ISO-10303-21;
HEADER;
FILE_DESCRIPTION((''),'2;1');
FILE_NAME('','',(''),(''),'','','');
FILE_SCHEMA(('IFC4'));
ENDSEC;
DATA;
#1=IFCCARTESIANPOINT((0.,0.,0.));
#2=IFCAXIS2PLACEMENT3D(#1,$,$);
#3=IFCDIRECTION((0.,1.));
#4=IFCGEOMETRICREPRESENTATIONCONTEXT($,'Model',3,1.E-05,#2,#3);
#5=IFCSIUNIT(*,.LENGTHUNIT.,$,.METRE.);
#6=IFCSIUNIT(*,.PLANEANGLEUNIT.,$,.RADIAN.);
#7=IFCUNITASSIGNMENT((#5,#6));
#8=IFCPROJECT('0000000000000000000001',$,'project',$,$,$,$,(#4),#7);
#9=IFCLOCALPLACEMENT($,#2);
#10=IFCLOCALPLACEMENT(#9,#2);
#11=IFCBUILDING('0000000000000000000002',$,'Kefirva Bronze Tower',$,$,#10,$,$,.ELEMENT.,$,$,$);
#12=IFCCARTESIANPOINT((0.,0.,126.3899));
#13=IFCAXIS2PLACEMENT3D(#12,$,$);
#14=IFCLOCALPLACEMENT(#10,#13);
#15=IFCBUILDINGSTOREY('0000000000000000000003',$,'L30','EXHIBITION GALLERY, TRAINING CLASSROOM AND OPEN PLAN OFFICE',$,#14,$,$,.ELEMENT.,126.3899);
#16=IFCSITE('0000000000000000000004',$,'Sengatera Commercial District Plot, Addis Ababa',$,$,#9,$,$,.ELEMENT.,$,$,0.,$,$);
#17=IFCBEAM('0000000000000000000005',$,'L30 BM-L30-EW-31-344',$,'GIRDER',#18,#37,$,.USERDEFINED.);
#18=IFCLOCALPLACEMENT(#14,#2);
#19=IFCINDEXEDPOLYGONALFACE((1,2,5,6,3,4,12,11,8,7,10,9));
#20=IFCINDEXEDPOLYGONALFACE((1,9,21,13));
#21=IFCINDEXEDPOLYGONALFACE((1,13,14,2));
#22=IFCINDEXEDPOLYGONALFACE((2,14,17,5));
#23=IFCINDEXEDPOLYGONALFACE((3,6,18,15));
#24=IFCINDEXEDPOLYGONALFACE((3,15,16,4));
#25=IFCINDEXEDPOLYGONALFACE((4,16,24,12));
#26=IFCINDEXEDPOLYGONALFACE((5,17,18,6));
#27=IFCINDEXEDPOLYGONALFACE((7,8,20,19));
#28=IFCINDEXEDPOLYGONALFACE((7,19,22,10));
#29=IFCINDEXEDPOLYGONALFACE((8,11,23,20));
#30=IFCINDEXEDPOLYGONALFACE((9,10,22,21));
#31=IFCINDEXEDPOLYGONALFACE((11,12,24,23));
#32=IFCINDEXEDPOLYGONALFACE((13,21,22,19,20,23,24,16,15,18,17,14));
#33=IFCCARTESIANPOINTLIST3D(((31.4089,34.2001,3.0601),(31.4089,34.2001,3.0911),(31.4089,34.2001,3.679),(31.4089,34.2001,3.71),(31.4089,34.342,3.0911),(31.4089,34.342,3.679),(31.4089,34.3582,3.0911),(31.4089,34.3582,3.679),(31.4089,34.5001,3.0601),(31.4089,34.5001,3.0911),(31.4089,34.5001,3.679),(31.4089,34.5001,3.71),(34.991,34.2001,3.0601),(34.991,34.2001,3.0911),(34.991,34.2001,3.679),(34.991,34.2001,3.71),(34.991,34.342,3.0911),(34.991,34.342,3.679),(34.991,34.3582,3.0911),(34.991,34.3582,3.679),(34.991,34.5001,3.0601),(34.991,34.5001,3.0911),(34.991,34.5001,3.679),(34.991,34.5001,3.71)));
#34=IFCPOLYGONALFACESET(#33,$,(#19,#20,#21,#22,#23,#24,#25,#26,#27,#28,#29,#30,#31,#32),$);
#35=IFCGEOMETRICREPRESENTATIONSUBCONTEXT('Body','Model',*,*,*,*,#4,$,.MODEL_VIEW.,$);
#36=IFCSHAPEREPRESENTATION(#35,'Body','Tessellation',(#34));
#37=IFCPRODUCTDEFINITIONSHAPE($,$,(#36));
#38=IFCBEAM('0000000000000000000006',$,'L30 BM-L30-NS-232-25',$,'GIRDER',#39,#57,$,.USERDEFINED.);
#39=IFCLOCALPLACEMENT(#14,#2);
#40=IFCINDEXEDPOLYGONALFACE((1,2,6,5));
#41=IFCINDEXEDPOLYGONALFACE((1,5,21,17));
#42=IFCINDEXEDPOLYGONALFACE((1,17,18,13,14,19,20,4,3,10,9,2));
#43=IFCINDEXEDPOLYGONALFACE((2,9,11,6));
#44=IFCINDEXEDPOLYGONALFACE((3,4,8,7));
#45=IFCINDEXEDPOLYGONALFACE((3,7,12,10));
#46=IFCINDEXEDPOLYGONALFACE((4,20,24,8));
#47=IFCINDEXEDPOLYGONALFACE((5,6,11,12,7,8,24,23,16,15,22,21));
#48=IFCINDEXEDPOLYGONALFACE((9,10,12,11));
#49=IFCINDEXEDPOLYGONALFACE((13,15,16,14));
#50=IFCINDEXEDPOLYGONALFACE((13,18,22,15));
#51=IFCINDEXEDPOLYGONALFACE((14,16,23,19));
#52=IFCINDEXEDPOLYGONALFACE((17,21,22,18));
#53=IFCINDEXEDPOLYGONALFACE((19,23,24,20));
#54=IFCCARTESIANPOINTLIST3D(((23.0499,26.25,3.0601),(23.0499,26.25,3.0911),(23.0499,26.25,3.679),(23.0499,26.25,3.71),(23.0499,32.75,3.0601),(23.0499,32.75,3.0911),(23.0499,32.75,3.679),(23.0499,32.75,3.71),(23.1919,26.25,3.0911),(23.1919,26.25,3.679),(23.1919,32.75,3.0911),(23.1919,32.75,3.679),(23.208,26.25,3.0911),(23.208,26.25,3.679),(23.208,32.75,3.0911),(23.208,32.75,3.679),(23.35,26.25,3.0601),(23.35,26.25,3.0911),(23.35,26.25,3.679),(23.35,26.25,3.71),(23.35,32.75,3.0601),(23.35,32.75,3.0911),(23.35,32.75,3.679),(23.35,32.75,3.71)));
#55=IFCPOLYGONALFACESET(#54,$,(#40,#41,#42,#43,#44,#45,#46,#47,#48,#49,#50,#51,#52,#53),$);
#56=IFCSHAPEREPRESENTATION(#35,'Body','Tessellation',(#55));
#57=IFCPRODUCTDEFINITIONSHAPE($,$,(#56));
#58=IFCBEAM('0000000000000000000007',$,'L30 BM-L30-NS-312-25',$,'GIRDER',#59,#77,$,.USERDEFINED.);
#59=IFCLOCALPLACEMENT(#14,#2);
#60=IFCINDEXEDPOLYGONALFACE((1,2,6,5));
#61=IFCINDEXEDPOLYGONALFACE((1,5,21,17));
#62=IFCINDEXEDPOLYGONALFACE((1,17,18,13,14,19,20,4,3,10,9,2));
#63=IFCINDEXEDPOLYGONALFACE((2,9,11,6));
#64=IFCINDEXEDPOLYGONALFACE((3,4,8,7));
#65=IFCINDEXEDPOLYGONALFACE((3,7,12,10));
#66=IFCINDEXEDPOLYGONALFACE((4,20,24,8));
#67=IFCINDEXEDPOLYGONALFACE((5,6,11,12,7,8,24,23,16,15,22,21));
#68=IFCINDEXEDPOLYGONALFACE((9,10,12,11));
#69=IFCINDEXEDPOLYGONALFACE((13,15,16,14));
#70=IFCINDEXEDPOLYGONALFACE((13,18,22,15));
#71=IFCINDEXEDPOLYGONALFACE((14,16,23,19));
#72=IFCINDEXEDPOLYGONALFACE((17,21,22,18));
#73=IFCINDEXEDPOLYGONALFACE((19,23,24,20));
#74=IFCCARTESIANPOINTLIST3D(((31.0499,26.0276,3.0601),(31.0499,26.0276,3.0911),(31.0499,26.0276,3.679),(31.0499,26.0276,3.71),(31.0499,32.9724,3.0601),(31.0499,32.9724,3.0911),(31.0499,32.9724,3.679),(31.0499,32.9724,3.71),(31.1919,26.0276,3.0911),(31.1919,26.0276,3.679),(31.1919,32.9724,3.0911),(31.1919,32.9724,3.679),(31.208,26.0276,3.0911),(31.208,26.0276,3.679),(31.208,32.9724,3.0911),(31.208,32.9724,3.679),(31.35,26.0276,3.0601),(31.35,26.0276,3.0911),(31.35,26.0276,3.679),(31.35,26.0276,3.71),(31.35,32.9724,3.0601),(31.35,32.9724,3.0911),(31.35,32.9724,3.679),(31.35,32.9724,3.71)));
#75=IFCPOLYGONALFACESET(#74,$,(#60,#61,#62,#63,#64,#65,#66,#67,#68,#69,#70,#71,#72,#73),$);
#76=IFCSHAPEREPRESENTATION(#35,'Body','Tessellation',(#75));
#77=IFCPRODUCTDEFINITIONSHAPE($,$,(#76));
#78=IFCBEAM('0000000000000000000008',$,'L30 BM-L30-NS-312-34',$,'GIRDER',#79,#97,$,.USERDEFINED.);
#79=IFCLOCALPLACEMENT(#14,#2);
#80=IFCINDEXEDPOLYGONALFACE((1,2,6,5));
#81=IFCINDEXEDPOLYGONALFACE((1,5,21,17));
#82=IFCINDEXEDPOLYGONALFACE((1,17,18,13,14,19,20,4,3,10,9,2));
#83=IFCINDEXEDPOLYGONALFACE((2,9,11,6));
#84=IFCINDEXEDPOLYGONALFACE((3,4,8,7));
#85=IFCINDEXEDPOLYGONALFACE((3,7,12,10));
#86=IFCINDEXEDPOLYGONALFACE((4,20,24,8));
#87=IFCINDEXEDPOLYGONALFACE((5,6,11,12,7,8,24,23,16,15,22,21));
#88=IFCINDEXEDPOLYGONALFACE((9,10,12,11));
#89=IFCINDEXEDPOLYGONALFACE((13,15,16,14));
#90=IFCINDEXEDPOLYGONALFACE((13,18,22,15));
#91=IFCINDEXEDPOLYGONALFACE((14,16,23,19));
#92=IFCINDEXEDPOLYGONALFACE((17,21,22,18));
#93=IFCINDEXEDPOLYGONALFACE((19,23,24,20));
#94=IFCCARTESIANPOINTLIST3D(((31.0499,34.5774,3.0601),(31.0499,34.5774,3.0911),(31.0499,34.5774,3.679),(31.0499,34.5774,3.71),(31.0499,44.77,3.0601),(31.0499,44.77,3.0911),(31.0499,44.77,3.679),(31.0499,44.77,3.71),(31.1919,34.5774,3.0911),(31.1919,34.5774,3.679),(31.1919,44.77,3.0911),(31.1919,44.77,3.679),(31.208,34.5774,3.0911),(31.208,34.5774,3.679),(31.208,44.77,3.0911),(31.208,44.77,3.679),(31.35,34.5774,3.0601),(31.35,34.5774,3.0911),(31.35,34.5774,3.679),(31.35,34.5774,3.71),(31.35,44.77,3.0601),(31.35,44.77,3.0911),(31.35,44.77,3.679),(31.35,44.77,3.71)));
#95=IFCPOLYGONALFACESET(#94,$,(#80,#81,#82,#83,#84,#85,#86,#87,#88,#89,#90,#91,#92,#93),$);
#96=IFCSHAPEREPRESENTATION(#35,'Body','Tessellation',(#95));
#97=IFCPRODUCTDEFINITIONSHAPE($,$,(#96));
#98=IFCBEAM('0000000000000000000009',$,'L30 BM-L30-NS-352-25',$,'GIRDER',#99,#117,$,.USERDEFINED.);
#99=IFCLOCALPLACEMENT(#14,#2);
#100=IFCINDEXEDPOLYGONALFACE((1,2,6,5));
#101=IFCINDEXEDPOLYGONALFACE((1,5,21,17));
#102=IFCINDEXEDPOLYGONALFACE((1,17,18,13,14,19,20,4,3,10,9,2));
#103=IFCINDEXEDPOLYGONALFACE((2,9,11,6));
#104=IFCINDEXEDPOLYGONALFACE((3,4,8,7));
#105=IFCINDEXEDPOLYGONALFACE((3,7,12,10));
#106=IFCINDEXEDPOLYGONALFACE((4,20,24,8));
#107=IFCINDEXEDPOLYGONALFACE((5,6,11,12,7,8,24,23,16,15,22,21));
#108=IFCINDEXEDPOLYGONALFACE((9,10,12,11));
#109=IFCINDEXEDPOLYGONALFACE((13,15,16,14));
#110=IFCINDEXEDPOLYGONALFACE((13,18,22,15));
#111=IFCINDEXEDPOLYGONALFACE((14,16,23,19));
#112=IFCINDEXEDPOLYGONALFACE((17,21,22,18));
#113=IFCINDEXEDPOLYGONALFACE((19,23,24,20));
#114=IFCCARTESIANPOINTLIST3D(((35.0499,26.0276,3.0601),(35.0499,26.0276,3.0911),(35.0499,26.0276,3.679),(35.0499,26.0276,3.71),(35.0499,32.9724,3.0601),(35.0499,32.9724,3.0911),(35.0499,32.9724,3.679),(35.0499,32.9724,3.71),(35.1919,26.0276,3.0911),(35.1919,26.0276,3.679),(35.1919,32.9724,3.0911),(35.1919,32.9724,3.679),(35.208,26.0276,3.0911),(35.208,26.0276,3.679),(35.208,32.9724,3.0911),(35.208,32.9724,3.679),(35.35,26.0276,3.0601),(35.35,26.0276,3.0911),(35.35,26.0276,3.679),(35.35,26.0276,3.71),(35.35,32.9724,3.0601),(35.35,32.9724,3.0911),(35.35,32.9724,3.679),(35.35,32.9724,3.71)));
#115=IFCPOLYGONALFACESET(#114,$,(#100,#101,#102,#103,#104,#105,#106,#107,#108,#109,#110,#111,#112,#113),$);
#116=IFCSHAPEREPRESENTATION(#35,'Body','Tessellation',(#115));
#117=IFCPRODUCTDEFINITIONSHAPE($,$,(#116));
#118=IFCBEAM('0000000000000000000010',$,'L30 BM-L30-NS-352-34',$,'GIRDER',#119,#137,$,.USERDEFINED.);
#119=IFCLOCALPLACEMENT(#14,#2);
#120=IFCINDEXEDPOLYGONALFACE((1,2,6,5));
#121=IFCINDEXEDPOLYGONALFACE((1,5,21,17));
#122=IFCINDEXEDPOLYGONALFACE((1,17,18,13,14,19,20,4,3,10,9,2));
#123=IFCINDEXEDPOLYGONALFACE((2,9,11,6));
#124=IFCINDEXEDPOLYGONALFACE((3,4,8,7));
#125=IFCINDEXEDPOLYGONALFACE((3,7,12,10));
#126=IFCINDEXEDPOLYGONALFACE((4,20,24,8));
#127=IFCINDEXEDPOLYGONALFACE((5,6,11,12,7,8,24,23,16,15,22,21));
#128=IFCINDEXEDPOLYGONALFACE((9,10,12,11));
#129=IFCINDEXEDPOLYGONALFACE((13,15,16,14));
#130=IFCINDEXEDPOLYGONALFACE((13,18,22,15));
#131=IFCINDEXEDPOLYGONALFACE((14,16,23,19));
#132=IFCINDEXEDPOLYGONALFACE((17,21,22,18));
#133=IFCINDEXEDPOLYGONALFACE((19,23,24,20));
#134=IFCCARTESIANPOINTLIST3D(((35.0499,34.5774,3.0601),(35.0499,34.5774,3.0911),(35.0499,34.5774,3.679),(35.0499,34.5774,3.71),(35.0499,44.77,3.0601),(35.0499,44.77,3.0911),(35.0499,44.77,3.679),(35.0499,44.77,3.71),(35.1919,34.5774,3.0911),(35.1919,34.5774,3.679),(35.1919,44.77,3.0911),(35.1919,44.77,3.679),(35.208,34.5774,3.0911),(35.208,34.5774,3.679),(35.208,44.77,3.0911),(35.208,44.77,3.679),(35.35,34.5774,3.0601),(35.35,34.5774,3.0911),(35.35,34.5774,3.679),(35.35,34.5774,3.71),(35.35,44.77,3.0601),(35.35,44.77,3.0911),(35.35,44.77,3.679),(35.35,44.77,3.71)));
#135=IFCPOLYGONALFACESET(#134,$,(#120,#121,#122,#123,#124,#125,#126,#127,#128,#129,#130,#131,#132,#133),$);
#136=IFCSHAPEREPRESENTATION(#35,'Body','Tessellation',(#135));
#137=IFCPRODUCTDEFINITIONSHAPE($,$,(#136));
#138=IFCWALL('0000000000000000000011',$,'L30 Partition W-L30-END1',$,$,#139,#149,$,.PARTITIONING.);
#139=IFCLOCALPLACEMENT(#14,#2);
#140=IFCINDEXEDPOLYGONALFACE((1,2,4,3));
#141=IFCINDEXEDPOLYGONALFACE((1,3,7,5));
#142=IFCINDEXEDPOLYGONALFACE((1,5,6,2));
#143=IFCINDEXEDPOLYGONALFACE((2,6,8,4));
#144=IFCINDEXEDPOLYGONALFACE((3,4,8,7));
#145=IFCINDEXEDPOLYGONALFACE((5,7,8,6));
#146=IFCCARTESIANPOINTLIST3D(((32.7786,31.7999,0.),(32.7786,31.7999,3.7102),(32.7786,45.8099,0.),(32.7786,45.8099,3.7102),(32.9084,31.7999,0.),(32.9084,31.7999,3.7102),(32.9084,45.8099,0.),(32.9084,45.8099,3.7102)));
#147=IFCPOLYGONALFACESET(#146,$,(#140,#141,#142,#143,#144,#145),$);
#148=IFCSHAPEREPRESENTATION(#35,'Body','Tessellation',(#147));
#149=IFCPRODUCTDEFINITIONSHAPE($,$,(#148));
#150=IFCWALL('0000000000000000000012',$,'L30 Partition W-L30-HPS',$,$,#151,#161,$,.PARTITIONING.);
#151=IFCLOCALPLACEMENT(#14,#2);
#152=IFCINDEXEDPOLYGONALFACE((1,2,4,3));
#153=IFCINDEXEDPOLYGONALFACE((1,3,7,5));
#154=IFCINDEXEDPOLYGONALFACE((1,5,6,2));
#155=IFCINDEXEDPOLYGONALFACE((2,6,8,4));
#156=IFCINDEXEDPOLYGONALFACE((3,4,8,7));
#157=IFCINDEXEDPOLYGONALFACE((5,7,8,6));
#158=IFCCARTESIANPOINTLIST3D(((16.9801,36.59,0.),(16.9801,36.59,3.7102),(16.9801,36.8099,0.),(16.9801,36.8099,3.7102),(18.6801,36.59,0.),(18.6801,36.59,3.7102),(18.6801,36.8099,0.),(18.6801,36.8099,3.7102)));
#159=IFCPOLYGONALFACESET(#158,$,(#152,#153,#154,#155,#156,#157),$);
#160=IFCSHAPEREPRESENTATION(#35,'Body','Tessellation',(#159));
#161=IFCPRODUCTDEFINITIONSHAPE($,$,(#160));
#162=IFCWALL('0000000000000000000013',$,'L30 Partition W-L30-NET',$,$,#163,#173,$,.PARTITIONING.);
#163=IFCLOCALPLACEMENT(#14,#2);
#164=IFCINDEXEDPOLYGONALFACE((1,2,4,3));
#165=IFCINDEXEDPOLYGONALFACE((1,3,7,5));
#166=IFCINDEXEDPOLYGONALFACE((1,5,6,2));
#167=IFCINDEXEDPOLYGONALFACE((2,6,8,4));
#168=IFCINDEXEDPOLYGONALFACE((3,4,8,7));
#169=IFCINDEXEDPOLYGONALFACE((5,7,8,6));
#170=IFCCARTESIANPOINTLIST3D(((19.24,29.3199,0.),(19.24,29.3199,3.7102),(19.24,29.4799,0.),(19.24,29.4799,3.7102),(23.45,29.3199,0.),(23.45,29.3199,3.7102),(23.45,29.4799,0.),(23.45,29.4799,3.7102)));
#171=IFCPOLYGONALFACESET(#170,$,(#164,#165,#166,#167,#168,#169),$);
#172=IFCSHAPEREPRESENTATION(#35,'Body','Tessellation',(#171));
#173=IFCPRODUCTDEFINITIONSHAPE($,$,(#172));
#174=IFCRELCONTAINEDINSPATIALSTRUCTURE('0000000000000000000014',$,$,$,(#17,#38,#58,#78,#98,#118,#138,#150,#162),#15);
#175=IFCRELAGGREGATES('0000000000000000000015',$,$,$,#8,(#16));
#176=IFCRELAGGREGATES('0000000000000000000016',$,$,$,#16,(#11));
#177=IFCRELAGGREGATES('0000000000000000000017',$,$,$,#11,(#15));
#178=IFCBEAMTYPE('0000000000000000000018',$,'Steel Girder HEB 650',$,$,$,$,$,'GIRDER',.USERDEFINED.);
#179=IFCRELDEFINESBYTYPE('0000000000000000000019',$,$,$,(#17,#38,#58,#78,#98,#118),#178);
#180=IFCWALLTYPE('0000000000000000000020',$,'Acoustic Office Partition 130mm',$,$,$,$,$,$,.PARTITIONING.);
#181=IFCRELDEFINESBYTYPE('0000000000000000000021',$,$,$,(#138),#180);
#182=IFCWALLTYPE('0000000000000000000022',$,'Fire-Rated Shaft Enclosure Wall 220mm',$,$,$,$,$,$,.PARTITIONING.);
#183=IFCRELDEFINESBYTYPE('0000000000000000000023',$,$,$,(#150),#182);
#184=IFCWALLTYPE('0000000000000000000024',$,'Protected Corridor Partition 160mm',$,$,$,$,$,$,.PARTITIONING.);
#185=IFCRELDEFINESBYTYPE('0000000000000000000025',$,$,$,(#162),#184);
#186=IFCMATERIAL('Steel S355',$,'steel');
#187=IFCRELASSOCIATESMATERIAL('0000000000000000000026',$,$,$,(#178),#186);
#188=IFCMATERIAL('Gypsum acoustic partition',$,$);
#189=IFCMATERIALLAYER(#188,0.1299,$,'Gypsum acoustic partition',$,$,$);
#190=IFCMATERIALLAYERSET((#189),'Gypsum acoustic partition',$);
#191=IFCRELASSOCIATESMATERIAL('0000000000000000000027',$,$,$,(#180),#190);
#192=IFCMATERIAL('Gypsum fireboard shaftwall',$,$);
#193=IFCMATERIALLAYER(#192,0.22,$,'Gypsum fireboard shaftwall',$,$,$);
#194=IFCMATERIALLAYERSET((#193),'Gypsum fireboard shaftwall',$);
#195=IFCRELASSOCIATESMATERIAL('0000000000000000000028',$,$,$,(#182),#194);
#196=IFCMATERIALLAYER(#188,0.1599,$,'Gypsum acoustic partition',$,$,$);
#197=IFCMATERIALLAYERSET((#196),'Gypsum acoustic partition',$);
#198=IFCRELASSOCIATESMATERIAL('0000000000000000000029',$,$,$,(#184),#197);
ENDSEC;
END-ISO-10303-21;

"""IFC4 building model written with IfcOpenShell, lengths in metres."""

from ifc_helpers import new_model, si_unit, direction, frame, frame_2d, origin, origin_2d, place, context, subcontext, project, spatial, rectangle, i_section, extrude, material, layer, layer_set, material_profile, profile_set, type_object, element, save


model = new_model("IFC4")

# Units and contexts
model_context = context("Model", 3, precision=1e-05, world=origin(), true_north=direction((0.0, 1.0)))
body_context = subcontext(model_context, "Body", "Model", "MODEL_VIEW")
ifc_project = project(units=[si_unit("LENGTHUNIT", "METRE"), si_unit("PLANEANGLEUNIT", "RADIAN")], contexts=[model_context])

# Site, building, storey
site_placement = place(None, origin())
site = spatial("IfcSite", under=ifc_project, at=site_placement, Name="Sengatera Commercial District Plot, Addis Ababa", CompositionType="ELEMENT", RefElevation=0.0)
building_placement = place(site_placement, origin())
building = spatial("IfcBuilding", under=site, at=building_placement, Name="Kefirva Bronze Tower", CompositionType="ELEMENT")
storey_placement = place(building_placement, frame((0.0, 0.0, 126.3899)))
storey = spatial("IfcBuildingStorey", under=building, at=storey_placement, Name="L30", Description="EXHIBITION GALLERY, TRAINING CLASSROOM AND OPEN PLAN OFFICE", CompositionType="ELEMENT", Elevation=126.3899)

# Beams
ifc_material_1 = material(Name="Steel S355", Category="steel")
ifc_material_profile_1 = material_profile(ifc_material_1, i_section(OverallWidth=0.3, OverallDepth=0.6499, WebThickness=0.0161, FlangeThickness=0.031, at=origin_2d()), Name="HEB 650")
ifc_profile_set_1 = profile_set([ifc_material_profile_1], Name="Steel S355")
beam_type_1 = type_object("IfcBeamType", Name="Steel Girder HEB 650", ElementType="GIRDER", PredefinedType="USERDEFINED", material=ifc_profile_set_1)
for number, where, z_axis, x_axis, name in (
    (1, (31.4089, 34.3501, 3.385), (1.0, 0.0, 0.0), (0.0, 1.0, 0.0), "L30 BM-L30-EW-31-344"),
):
    element("IfcBeam", number, at=place(storey_placement, frame(where, z_axis=z_axis, x_axis=x_axis)), inside=storey, type_object=beam_type_1, Name=name, ObjectType="GIRDER", PredefinedType="USERDEFINED", context=body_context, shape_type="SweptSolid", body=[
        extrude(i_section(OverallWidth=0.3, OverallDepth=0.6499, WebThickness=0.0161, FlangeThickness=0.031, at=origin_2d()), origin(), (0.0, 0.0, 1.0), 3.582),
    ])
beam_1_placement = place(storey_placement, frame((23.2, 26.25, 3.385), z_axis=(0.0, 1.0, 0.0), x_axis=(-1.0, 0.0, 0.0)))
element("IfcBeam", 2, at=beam_1_placement, inside=storey, type_object=beam_type_1, Name="L30 BM-L30-NS-232-25", ObjectType="GIRDER", PredefinedType="USERDEFINED", context=body_context, shape_type="SweptSolid", body=[
    extrude(i_section(OverallWidth=0.3, OverallDepth=0.6499, WebThickness=0.0161, FlangeThickness=0.031, at=origin_2d()), origin(), (0.0, 0.0, 1.0), 6.5),
])
beam_2_placement = place(storey_placement, frame((31.2, 26.0276, 3.385), z_axis=(0.0, 1.0, 0.0), x_axis=(-1.0, 0.0, 0.0)))
element("IfcBeam", 3, at=beam_2_placement, inside=storey, type_object=beam_type_1, Name="L30 BM-L30-NS-312-25", ObjectType="GIRDER", PredefinedType="USERDEFINED", context=body_context, shape_type="SweptSolid", body=[
    extrude(i_section(OverallWidth=0.3, OverallDepth=0.6499, WebThickness=0.0161, FlangeThickness=0.031, at=origin_2d()), origin(), (0.0, 0.0, 1.0), 6.9448),
])
beam_3_placement = place(storey_placement, frame((31.2, 34.5774, 3.385), z_axis=(0.0, 1.0, 0.0), x_axis=(-1.0, 0.0, 0.0)))
element("IfcBeam", 4, at=beam_3_placement, inside=storey, type_object=beam_type_1, Name="L30 BM-L30-NS-312-34", ObjectType="GIRDER", PredefinedType="USERDEFINED", context=body_context, shape_type="SweptSolid", body=[
    extrude(i_section(OverallWidth=0.3, OverallDepth=0.6499, WebThickness=0.0161, FlangeThickness=0.031, at=origin_2d()), origin(), (0.0, 0.0, 1.0), 10.1926),
])
beam_4_placement = place(storey_placement, frame((35.2, 26.0276, 3.385), z_axis=(0.0, 1.0, 0.0), x_axis=(-1.0, 0.0, 0.0)))
element("IfcBeam", 5, at=beam_4_placement, inside=storey, type_object=beam_type_1, Name="L30 BM-L30-NS-352-25", ObjectType="GIRDER", PredefinedType="USERDEFINED", context=body_context, shape_type="SweptSolid", body=[
    extrude(i_section(OverallWidth=0.3, OverallDepth=0.6499, WebThickness=0.0161, FlangeThickness=0.031, at=origin_2d()), origin(), (0.0, 0.0, 1.0), 6.9448),
])
beam_5_placement = place(storey_placement, frame((35.2, 34.5774, 3.385), z_axis=(0.0, 1.0, 0.0), x_axis=(-1.0, 0.0, 0.0)))
element("IfcBeam", 6, at=beam_5_placement, inside=storey, type_object=beam_type_1, Name="L30 BM-L30-NS-352-34", ObjectType="GIRDER", PredefinedType="USERDEFINED", context=body_context, shape_type="SweptSolid", body=[
    extrude(i_section(OverallWidth=0.3, OverallDepth=0.6499, WebThickness=0.0161, FlangeThickness=0.031, at=origin_2d()), origin(), (0.0, 0.0, 1.0), 10.1926),
])

# Wall
ifc_material_2 = material(Name="Gypsum acoustic partition")
ifc_layer_1 = layer(ifc_material_2, 0.1299, Name="Gypsum acoustic partition")
ifc_layer_set_1 = layer_set([ifc_layer_1], Name="Gypsum acoustic partition")
wall_type_1 = type_object("IfcWallType", Name="Acoustic Office Partition 130mm", PredefinedType="PARTITIONING", material=ifc_layer_set_1)
wall_1_placement = place(storey_placement, frame((32.8435, 31.8, 0.0), z_axis=(0.0, 0.0, 1.0), x_axis=(0.0, 1.0, 0.0)))
element("IfcWall", 7, at=wall_1_placement, inside=storey, type_object=wall_type_1, Name="L30 Partition W-L30-END1", PredefinedType="PARTITIONING", context=body_context, shape_type="SweptSolid", body=[
    extrude(rectangle(XDim=14.01, YDim=0.1299, at=frame_2d((7.0049, 0.0))), origin(), (0.0, 0.0, 1.0), 3.7102),
])

# Shared definitions
ifc_material_3 = material(Name="Gypsum fireboard shaftwall")
ifc_layer_2 = layer(ifc_material_3, 0.22, Name="Gypsum fireboard shaftwall")
ifc_layer_set_2 = layer_set([ifc_layer_2], Name="Gypsum fireboard shaftwall")
wall_type_2 = type_object("IfcWallType", Name="Fire-Rated Shaft Enclosure Wall 220mm", PredefinedType="PARTITIONING", material=ifc_layer_set_2)

# Wall
wall_2_placement = place(storey_placement, frame((16.98, 36.7, 0.0), z_axis=(0.0, 0.0, 1.0), x_axis=(1.0, 0.0, 0.0)))
element("IfcWall", 8, at=wall_2_placement, inside=storey, type_object=wall_type_2, Name="L30 Partition W-L30-HPS", PredefinedType="PARTITIONING", context=body_context, shape_type="SweptSolid", body=[
    extrude(rectangle(XDim=1.7, YDim=0.22, at=frame_2d((0.8501, 0.0))), origin(), (0.0, 0.0, 1.0), 3.7102),
])

# Wall
ifc_layer_3 = layer(ifc_material_2, 0.1599, Name="Gypsum acoustic partition")
ifc_layer_set_3 = layer_set([ifc_layer_3], Name="Gypsum acoustic partition")
wall_type_3 = type_object("IfcWallType", Name="Protected Corridor Partition 160mm", PredefinedType="PARTITIONING", material=ifc_layer_set_3)
wall_3_placement = place(storey_placement, frame((19.24, 29.3999, 0.0), z_axis=(0.0, 0.0, 1.0), x_axis=(1.0, 0.0, 0.0)))
element("IfcWall", 9, at=wall_3_placement, inside=storey, type_object=wall_type_3, Name="L30 Partition W-L30-NET", PredefinedType="PARTITIONING", context=body_context, shape_type="SweptSolid", body=[
    extrude(rectangle(XDim=4.21, YDim=0.1599, at=frame_2d((2.105, 0.0))), origin(), (0.0, 0.0, 1.0), 3.7102),
])

save(model, "model.ifc")
